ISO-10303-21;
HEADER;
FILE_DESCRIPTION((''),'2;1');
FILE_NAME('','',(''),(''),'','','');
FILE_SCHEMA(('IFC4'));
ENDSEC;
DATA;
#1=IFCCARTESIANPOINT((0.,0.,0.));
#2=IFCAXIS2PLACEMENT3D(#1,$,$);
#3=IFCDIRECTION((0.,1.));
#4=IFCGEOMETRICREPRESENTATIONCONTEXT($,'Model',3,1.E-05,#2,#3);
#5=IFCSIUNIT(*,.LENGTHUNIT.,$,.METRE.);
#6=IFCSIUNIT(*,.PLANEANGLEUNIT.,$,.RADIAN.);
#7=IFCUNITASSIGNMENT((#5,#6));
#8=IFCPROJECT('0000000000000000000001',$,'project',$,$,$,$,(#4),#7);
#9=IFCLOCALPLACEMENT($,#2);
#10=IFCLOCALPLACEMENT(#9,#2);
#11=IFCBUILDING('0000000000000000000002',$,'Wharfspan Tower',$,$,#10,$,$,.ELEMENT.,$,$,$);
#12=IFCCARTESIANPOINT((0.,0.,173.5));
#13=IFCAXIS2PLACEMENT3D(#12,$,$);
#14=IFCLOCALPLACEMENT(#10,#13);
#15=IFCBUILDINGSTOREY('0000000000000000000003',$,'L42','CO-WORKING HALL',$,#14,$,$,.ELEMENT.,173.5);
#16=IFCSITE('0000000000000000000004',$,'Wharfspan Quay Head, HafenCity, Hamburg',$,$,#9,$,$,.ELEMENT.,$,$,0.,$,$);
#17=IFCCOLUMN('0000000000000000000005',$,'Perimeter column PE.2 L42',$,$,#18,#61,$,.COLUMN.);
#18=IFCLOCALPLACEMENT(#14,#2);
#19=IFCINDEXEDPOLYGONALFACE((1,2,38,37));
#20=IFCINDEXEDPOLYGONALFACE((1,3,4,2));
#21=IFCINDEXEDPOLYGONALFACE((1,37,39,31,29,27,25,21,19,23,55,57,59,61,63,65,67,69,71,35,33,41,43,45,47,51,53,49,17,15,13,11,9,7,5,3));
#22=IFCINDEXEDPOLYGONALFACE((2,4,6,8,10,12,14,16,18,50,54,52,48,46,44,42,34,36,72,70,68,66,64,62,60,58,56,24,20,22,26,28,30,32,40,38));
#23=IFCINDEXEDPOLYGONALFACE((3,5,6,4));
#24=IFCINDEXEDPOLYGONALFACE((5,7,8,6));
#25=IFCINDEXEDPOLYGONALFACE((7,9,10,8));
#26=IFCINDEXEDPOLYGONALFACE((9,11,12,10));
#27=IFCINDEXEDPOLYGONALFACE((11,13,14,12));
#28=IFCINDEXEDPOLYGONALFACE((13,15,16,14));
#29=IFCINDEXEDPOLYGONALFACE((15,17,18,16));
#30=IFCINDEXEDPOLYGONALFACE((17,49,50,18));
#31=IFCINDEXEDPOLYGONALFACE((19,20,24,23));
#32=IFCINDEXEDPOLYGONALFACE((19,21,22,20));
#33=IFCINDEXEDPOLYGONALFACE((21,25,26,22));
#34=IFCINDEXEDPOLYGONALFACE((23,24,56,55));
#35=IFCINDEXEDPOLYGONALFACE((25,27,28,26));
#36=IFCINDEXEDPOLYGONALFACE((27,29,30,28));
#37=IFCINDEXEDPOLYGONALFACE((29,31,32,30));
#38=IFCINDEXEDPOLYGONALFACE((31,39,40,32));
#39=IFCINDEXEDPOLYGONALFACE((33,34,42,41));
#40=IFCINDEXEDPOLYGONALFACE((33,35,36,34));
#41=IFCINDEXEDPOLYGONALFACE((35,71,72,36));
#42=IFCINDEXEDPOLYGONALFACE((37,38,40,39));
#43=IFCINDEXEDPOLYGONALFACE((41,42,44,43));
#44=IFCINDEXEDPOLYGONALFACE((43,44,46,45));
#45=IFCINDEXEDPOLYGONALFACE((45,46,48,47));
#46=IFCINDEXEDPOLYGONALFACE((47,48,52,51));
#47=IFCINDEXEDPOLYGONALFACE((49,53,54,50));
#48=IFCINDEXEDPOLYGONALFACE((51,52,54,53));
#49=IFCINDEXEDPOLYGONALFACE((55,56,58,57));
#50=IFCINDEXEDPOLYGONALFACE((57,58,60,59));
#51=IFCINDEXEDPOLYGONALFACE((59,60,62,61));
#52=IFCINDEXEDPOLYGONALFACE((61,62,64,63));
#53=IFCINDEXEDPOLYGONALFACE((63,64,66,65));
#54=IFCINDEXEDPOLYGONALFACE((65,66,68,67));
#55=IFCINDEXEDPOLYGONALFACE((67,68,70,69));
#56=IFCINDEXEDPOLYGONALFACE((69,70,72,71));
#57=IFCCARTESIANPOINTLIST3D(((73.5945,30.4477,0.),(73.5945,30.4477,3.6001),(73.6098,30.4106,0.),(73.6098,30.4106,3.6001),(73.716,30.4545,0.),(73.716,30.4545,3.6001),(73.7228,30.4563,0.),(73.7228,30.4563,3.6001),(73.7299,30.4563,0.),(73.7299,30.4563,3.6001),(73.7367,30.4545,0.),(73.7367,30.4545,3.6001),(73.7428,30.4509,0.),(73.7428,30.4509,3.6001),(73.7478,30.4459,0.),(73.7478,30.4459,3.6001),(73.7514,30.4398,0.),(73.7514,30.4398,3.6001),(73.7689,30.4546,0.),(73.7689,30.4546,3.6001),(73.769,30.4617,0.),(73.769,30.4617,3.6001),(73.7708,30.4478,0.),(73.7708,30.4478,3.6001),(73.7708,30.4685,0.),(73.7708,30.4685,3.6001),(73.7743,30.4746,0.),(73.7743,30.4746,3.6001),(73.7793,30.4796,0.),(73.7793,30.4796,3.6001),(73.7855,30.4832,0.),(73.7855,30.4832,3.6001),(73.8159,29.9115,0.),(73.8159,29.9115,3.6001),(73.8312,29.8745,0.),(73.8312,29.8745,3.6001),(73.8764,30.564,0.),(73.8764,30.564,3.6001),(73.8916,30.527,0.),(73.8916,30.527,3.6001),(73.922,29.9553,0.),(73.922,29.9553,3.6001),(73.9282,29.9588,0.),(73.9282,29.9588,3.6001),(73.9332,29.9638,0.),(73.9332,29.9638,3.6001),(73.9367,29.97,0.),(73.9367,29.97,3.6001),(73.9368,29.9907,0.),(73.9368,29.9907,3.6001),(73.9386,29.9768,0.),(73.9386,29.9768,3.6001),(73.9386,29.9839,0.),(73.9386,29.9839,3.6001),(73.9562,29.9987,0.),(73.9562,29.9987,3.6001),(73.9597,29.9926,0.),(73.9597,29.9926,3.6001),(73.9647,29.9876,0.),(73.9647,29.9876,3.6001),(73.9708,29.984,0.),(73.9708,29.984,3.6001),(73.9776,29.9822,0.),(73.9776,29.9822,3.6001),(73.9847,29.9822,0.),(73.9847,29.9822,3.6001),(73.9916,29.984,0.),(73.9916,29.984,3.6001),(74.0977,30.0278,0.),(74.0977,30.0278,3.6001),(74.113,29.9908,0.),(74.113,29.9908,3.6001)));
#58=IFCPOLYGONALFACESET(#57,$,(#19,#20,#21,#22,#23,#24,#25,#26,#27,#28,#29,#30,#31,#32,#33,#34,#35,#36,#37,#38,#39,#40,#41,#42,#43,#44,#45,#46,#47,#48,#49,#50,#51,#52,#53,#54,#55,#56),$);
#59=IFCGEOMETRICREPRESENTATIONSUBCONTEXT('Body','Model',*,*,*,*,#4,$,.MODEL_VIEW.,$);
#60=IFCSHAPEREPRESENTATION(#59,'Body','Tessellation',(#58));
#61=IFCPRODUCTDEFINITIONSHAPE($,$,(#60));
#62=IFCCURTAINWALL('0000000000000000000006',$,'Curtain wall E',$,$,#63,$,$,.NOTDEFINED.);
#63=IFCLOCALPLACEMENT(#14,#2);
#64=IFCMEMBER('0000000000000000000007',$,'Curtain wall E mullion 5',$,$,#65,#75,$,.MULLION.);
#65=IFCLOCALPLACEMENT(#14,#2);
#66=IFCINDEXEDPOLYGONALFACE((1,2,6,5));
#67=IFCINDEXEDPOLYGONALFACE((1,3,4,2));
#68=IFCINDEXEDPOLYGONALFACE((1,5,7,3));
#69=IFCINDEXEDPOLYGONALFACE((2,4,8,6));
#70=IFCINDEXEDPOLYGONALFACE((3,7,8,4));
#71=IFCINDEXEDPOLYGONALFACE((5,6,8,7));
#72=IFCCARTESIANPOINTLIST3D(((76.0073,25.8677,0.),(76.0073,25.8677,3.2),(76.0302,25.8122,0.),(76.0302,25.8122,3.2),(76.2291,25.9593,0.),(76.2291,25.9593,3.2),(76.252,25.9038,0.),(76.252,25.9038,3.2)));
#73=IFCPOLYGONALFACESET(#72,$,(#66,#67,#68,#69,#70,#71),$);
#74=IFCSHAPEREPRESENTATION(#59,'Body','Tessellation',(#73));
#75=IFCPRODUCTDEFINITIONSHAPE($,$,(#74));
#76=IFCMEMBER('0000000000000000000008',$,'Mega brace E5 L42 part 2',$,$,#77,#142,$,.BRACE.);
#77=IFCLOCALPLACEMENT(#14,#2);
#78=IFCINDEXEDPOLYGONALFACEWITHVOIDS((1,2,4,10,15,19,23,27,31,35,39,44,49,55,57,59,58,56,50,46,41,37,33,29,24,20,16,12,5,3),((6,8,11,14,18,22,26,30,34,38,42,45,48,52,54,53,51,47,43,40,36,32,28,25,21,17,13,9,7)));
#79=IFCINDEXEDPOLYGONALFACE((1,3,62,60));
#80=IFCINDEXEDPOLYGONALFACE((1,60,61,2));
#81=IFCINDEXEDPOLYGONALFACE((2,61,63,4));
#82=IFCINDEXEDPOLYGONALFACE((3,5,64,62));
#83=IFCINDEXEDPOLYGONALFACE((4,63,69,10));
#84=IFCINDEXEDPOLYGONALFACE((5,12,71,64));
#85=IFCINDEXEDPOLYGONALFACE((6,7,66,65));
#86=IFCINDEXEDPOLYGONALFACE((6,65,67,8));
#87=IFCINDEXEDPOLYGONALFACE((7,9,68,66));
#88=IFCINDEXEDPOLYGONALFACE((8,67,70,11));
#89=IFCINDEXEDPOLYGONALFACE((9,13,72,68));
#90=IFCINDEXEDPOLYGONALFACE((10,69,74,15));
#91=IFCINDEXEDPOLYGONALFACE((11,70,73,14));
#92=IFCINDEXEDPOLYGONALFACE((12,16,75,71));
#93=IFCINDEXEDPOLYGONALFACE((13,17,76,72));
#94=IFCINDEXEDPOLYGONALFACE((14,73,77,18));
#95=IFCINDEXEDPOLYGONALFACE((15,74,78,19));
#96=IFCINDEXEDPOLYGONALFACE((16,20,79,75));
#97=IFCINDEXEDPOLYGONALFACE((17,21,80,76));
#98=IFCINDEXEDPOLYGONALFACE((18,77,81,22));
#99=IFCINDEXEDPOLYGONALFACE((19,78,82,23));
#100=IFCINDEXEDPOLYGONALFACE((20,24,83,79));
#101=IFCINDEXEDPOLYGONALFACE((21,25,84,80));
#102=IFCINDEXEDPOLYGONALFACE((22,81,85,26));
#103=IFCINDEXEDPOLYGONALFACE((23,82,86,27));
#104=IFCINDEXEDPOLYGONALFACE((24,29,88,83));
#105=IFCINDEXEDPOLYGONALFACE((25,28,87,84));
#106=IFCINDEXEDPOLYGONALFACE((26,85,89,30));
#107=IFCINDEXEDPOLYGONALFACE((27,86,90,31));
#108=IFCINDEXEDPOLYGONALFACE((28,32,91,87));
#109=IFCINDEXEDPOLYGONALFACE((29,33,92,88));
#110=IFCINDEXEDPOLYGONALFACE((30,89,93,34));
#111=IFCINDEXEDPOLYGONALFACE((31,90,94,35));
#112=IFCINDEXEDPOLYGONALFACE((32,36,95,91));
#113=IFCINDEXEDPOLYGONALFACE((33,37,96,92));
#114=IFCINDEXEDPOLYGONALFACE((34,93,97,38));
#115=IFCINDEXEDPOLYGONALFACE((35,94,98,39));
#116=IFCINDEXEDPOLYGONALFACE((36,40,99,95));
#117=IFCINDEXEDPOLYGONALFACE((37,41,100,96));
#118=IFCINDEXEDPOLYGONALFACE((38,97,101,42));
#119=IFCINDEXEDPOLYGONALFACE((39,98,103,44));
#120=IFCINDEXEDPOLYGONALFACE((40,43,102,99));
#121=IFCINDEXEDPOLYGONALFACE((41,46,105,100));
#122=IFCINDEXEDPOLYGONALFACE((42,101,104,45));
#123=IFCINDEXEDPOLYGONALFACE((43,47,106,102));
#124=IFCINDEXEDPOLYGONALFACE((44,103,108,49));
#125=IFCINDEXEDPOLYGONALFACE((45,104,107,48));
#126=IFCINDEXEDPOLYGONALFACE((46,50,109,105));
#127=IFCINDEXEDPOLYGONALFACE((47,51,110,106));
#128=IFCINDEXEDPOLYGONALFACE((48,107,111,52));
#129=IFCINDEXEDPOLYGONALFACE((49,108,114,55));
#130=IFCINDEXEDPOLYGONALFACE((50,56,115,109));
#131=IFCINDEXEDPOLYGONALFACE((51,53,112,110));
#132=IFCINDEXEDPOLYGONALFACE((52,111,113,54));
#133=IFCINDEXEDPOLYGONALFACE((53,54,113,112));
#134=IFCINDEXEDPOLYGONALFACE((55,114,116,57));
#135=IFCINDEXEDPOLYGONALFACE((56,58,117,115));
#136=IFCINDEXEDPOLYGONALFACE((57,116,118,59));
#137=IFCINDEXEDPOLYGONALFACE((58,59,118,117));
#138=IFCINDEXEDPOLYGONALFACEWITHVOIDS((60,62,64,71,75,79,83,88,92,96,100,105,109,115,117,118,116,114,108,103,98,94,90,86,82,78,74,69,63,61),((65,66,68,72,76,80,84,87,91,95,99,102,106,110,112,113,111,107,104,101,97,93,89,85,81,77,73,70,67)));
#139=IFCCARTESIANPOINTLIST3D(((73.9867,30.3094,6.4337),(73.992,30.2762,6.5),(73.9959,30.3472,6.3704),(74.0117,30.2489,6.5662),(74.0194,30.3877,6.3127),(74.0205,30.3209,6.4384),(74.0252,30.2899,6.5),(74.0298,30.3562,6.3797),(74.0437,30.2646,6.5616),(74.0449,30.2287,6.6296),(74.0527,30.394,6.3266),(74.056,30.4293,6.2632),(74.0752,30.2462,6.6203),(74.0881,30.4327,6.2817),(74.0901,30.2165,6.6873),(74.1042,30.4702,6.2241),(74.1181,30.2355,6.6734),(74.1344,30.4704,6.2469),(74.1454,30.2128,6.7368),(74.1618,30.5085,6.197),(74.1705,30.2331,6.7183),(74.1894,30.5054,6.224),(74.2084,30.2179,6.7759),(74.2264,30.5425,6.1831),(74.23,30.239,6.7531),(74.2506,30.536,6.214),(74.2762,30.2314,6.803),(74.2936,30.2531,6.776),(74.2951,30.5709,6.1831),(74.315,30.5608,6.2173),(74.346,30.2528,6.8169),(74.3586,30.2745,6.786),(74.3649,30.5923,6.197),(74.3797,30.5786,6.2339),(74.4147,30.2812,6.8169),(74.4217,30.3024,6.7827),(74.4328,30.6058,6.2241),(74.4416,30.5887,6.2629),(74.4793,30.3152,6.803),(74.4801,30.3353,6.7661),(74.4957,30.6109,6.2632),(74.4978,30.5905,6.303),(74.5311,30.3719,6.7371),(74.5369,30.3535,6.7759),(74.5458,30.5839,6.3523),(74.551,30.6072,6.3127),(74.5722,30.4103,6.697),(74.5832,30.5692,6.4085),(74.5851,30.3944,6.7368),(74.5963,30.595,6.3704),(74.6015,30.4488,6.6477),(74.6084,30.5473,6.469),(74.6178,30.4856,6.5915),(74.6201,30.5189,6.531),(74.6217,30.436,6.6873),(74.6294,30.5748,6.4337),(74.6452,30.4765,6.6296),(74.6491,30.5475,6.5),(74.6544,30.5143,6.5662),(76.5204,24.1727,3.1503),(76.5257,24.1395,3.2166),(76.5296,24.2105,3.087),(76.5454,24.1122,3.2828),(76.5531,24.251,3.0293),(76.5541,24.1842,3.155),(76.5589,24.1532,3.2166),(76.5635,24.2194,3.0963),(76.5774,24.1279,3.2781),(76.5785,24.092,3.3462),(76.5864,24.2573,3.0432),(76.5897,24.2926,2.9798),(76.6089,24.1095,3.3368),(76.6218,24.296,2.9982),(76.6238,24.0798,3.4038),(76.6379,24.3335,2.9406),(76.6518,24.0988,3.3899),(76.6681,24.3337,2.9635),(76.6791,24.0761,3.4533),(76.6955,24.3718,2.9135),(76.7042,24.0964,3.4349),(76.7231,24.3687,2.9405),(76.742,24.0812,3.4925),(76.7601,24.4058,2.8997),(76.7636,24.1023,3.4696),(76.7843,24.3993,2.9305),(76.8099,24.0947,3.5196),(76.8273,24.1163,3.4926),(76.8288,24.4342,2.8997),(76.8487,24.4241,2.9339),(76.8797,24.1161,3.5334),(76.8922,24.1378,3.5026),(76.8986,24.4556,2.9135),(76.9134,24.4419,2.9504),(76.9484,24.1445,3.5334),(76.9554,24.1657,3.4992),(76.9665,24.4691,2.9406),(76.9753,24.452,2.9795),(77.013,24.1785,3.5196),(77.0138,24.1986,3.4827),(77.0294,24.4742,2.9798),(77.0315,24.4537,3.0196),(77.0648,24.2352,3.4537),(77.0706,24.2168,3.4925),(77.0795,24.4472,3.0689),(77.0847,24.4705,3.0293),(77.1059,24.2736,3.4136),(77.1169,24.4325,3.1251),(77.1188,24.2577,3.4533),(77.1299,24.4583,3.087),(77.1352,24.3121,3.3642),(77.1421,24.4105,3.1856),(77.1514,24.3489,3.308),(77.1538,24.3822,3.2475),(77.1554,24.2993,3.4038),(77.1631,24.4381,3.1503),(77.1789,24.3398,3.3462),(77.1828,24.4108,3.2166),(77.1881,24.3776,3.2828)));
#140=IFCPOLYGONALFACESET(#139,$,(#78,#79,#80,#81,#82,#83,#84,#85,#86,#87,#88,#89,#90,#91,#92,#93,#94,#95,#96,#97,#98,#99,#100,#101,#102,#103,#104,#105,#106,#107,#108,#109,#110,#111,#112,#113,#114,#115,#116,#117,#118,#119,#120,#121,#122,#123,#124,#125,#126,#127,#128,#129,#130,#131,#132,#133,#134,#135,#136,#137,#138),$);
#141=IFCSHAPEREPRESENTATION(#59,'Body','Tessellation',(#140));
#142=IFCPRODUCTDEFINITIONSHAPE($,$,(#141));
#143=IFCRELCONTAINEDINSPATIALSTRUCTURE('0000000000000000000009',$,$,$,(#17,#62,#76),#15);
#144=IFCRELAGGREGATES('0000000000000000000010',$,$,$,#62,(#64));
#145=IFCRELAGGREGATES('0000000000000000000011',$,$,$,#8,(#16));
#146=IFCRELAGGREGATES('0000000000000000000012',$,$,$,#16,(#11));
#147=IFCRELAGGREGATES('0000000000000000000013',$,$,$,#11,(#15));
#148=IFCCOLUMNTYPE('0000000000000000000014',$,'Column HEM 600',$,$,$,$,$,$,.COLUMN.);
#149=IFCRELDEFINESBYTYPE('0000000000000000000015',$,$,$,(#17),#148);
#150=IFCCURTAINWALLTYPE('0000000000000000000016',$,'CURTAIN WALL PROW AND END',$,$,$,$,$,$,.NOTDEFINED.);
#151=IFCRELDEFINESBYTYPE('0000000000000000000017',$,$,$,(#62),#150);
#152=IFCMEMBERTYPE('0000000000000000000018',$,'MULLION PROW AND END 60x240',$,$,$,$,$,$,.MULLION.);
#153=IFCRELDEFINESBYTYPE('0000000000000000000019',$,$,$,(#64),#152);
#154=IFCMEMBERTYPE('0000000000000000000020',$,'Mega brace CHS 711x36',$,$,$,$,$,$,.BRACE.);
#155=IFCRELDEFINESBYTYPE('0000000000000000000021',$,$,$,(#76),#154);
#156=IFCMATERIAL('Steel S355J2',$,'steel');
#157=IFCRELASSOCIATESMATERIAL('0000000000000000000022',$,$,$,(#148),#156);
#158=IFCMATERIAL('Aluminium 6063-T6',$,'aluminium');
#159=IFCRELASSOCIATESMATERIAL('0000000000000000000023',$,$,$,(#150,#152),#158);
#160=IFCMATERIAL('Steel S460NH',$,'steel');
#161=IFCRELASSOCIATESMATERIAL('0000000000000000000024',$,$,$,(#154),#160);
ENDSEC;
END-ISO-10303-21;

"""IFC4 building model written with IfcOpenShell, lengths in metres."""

from ifc_helpers import new_model, si_unit, direction, frame, origin, origin_2d, place, context, subcontext, project, spatial, rectangle, hollow_circle, i_section, extrude, material, material_profile, profile_set, type_object, element, aggregate, save


model = new_model("IFC4")

# Units and contexts
model_context = context("Model", 3, precision=1e-05, world=origin(), true_north=direction((0.0, 1.0)))
body_context = subcontext(model_context, "Body", "Model", "MODEL_VIEW")
ifc_project = project(units=[si_unit("LENGTHUNIT", "METRE"), si_unit("PLANEANGLEUNIT", "RADIAN")], contexts=[model_context])

# Site, building, storey
site_placement = place(None, origin())
site = spatial("IfcSite", under=ifc_project, at=site_placement, Name="Wharfspan Quay Head, HafenCity, Hamburg", CompositionType="ELEMENT", RefElevation=0.0)
building_placement = place(site_placement, origin())
building = spatial("IfcBuilding", under=site, at=building_placement, Name="Wharfspan Tower", CompositionType="ELEMENT")
storey_placement = place(building_placement, frame((0.0, 0.0, 173.5)))
storey = spatial("IfcBuildingStorey", under=building, at=storey_placement, Name="L42", Description="CO-WORKING HALL", CompositionType="ELEMENT", Elevation=173.5)

# Column
ifc_material_1 = material(Name="Steel S355J2", Category="steel")
ifc_material_profile_1 = material_profile(ifc_material_1, i_section(OverallWidth=0.3049, OverallDepth=0.6201, WebThickness=0.021, FlangeThickness=0.04, FilletRadius=0.0271, at=origin_2d()))
ifc_profile_set_1 = profile_set([ifc_material_profile_1], Name="Steel S355J2")
column_type = type_object("IfcColumnType", Name="Column HEM 600", PredefinedType="COLUMN", material=ifc_profile_set_1)
column_placement = place(storey_placement, frame((73.8538, 30.2192, 0.0), z_axis=(0.0, 0.0, 1.0), x_axis=(0.924325, 0.381602, 0.0)))
element("IfcColumn", 1, at=column_placement, inside=storey, type_object=column_type, Name="Perimeter column PE.2 L42", PredefinedType="COLUMN", context=body_context, shape_type="SweptSolid", body=[
    extrude(i_section(OverallWidth=0.3049, OverallDepth=0.6201, WebThickness=0.021, FlangeThickness=0.04, FilletRadius=0.0271, at=origin_2d()), origin(), (0.0, 0.0, 1.0), 3.6001),
])

# Curtain wall, member
ifc_material_2 = material(Name="Aluminium 6063-T6", Category="aluminium")
curtain_wall_type = type_object("IfcCurtainWallType", Name="CURTAIN WALL PROW AND END", PredefinedType="NOTDEFINED", material=ifc_material_2)
curtain_wall_placement = place(storey_placement, origin())
curtain_wall = element("IfcCurtainWall", 2, at=curtain_wall_placement, inside=storey, type_object=curtain_wall_type, Name="Curtain wall E", PredefinedType="NOTDEFINED")
ifc_material_profile_2 = material_profile(ifc_material_2, rectangle(XDim=0.24, YDim=0.0601, at=origin_2d()))
ifc_profile_set_2 = profile_set([ifc_material_profile_2], Name="Aluminium 6063-T6")
member_type_1 = type_object("IfcMemberType", Name="MULLION PROW AND END 60x240", PredefinedType="MULLION", material=ifc_profile_set_2)
member_1_placement = place(storey_placement, frame((76.1296, 25.8857, 0.0), z_axis=(0.0, 0.0, 1.0), x_axis=(-0.924325, -0.381602, 0.0)))
member_1 = element("IfcMember", 3, at=member_1_placement, type_object=member_type_1, Name="Curtain wall E mullion 5", PredefinedType="MULLION", context=body_context, shape_type="SweptSolid", body=[
    extrude(rectangle(XDim=0.24, YDim=0.0601, at=origin_2d()), origin(), (0.0, 0.0, 1.0), 3.2),
])

# Member
ifc_material_3 = material(Name="Steel S460NH", Category="steel")
ifc_material_profile_3 = material_profile(ifc_material_3, hollow_circle(Radius=0.3555, WallThickness=0.0359, at=origin_2d()))
ifc_profile_set_3 = profile_set([ifc_material_profile_3], Name="Steel S460NH")
member_type_2 = type_object("IfcMemberType", Name="Mega brace CHS 711x36", PredefinedType="BRACE", material=ifc_profile_set_3)
member_2_placement = place(storey_placement, frame((76.8542, 24.2751, 3.2166), z_axis=(-0.342079, 0.828531, 0.443305), x_axis=(-0.924316, -0.381624, -0.000004)))
element("IfcMember", 4, at=member_2_placement, inside=storey, type_object=member_type_2, Name="Mega brace E5 L42 part 2", PredefinedType="BRACE", context=body_context, shape_type="SweptSolid", body=[
    extrude(hollow_circle(Radius=0.3555, WallThickness=0.0359, at=origin_2d()), origin(), (0.0, 0.0, 1.0), 7.4067),
])

aggregate(curtain_wall, [member_1])

save(model, "model.ifc")
